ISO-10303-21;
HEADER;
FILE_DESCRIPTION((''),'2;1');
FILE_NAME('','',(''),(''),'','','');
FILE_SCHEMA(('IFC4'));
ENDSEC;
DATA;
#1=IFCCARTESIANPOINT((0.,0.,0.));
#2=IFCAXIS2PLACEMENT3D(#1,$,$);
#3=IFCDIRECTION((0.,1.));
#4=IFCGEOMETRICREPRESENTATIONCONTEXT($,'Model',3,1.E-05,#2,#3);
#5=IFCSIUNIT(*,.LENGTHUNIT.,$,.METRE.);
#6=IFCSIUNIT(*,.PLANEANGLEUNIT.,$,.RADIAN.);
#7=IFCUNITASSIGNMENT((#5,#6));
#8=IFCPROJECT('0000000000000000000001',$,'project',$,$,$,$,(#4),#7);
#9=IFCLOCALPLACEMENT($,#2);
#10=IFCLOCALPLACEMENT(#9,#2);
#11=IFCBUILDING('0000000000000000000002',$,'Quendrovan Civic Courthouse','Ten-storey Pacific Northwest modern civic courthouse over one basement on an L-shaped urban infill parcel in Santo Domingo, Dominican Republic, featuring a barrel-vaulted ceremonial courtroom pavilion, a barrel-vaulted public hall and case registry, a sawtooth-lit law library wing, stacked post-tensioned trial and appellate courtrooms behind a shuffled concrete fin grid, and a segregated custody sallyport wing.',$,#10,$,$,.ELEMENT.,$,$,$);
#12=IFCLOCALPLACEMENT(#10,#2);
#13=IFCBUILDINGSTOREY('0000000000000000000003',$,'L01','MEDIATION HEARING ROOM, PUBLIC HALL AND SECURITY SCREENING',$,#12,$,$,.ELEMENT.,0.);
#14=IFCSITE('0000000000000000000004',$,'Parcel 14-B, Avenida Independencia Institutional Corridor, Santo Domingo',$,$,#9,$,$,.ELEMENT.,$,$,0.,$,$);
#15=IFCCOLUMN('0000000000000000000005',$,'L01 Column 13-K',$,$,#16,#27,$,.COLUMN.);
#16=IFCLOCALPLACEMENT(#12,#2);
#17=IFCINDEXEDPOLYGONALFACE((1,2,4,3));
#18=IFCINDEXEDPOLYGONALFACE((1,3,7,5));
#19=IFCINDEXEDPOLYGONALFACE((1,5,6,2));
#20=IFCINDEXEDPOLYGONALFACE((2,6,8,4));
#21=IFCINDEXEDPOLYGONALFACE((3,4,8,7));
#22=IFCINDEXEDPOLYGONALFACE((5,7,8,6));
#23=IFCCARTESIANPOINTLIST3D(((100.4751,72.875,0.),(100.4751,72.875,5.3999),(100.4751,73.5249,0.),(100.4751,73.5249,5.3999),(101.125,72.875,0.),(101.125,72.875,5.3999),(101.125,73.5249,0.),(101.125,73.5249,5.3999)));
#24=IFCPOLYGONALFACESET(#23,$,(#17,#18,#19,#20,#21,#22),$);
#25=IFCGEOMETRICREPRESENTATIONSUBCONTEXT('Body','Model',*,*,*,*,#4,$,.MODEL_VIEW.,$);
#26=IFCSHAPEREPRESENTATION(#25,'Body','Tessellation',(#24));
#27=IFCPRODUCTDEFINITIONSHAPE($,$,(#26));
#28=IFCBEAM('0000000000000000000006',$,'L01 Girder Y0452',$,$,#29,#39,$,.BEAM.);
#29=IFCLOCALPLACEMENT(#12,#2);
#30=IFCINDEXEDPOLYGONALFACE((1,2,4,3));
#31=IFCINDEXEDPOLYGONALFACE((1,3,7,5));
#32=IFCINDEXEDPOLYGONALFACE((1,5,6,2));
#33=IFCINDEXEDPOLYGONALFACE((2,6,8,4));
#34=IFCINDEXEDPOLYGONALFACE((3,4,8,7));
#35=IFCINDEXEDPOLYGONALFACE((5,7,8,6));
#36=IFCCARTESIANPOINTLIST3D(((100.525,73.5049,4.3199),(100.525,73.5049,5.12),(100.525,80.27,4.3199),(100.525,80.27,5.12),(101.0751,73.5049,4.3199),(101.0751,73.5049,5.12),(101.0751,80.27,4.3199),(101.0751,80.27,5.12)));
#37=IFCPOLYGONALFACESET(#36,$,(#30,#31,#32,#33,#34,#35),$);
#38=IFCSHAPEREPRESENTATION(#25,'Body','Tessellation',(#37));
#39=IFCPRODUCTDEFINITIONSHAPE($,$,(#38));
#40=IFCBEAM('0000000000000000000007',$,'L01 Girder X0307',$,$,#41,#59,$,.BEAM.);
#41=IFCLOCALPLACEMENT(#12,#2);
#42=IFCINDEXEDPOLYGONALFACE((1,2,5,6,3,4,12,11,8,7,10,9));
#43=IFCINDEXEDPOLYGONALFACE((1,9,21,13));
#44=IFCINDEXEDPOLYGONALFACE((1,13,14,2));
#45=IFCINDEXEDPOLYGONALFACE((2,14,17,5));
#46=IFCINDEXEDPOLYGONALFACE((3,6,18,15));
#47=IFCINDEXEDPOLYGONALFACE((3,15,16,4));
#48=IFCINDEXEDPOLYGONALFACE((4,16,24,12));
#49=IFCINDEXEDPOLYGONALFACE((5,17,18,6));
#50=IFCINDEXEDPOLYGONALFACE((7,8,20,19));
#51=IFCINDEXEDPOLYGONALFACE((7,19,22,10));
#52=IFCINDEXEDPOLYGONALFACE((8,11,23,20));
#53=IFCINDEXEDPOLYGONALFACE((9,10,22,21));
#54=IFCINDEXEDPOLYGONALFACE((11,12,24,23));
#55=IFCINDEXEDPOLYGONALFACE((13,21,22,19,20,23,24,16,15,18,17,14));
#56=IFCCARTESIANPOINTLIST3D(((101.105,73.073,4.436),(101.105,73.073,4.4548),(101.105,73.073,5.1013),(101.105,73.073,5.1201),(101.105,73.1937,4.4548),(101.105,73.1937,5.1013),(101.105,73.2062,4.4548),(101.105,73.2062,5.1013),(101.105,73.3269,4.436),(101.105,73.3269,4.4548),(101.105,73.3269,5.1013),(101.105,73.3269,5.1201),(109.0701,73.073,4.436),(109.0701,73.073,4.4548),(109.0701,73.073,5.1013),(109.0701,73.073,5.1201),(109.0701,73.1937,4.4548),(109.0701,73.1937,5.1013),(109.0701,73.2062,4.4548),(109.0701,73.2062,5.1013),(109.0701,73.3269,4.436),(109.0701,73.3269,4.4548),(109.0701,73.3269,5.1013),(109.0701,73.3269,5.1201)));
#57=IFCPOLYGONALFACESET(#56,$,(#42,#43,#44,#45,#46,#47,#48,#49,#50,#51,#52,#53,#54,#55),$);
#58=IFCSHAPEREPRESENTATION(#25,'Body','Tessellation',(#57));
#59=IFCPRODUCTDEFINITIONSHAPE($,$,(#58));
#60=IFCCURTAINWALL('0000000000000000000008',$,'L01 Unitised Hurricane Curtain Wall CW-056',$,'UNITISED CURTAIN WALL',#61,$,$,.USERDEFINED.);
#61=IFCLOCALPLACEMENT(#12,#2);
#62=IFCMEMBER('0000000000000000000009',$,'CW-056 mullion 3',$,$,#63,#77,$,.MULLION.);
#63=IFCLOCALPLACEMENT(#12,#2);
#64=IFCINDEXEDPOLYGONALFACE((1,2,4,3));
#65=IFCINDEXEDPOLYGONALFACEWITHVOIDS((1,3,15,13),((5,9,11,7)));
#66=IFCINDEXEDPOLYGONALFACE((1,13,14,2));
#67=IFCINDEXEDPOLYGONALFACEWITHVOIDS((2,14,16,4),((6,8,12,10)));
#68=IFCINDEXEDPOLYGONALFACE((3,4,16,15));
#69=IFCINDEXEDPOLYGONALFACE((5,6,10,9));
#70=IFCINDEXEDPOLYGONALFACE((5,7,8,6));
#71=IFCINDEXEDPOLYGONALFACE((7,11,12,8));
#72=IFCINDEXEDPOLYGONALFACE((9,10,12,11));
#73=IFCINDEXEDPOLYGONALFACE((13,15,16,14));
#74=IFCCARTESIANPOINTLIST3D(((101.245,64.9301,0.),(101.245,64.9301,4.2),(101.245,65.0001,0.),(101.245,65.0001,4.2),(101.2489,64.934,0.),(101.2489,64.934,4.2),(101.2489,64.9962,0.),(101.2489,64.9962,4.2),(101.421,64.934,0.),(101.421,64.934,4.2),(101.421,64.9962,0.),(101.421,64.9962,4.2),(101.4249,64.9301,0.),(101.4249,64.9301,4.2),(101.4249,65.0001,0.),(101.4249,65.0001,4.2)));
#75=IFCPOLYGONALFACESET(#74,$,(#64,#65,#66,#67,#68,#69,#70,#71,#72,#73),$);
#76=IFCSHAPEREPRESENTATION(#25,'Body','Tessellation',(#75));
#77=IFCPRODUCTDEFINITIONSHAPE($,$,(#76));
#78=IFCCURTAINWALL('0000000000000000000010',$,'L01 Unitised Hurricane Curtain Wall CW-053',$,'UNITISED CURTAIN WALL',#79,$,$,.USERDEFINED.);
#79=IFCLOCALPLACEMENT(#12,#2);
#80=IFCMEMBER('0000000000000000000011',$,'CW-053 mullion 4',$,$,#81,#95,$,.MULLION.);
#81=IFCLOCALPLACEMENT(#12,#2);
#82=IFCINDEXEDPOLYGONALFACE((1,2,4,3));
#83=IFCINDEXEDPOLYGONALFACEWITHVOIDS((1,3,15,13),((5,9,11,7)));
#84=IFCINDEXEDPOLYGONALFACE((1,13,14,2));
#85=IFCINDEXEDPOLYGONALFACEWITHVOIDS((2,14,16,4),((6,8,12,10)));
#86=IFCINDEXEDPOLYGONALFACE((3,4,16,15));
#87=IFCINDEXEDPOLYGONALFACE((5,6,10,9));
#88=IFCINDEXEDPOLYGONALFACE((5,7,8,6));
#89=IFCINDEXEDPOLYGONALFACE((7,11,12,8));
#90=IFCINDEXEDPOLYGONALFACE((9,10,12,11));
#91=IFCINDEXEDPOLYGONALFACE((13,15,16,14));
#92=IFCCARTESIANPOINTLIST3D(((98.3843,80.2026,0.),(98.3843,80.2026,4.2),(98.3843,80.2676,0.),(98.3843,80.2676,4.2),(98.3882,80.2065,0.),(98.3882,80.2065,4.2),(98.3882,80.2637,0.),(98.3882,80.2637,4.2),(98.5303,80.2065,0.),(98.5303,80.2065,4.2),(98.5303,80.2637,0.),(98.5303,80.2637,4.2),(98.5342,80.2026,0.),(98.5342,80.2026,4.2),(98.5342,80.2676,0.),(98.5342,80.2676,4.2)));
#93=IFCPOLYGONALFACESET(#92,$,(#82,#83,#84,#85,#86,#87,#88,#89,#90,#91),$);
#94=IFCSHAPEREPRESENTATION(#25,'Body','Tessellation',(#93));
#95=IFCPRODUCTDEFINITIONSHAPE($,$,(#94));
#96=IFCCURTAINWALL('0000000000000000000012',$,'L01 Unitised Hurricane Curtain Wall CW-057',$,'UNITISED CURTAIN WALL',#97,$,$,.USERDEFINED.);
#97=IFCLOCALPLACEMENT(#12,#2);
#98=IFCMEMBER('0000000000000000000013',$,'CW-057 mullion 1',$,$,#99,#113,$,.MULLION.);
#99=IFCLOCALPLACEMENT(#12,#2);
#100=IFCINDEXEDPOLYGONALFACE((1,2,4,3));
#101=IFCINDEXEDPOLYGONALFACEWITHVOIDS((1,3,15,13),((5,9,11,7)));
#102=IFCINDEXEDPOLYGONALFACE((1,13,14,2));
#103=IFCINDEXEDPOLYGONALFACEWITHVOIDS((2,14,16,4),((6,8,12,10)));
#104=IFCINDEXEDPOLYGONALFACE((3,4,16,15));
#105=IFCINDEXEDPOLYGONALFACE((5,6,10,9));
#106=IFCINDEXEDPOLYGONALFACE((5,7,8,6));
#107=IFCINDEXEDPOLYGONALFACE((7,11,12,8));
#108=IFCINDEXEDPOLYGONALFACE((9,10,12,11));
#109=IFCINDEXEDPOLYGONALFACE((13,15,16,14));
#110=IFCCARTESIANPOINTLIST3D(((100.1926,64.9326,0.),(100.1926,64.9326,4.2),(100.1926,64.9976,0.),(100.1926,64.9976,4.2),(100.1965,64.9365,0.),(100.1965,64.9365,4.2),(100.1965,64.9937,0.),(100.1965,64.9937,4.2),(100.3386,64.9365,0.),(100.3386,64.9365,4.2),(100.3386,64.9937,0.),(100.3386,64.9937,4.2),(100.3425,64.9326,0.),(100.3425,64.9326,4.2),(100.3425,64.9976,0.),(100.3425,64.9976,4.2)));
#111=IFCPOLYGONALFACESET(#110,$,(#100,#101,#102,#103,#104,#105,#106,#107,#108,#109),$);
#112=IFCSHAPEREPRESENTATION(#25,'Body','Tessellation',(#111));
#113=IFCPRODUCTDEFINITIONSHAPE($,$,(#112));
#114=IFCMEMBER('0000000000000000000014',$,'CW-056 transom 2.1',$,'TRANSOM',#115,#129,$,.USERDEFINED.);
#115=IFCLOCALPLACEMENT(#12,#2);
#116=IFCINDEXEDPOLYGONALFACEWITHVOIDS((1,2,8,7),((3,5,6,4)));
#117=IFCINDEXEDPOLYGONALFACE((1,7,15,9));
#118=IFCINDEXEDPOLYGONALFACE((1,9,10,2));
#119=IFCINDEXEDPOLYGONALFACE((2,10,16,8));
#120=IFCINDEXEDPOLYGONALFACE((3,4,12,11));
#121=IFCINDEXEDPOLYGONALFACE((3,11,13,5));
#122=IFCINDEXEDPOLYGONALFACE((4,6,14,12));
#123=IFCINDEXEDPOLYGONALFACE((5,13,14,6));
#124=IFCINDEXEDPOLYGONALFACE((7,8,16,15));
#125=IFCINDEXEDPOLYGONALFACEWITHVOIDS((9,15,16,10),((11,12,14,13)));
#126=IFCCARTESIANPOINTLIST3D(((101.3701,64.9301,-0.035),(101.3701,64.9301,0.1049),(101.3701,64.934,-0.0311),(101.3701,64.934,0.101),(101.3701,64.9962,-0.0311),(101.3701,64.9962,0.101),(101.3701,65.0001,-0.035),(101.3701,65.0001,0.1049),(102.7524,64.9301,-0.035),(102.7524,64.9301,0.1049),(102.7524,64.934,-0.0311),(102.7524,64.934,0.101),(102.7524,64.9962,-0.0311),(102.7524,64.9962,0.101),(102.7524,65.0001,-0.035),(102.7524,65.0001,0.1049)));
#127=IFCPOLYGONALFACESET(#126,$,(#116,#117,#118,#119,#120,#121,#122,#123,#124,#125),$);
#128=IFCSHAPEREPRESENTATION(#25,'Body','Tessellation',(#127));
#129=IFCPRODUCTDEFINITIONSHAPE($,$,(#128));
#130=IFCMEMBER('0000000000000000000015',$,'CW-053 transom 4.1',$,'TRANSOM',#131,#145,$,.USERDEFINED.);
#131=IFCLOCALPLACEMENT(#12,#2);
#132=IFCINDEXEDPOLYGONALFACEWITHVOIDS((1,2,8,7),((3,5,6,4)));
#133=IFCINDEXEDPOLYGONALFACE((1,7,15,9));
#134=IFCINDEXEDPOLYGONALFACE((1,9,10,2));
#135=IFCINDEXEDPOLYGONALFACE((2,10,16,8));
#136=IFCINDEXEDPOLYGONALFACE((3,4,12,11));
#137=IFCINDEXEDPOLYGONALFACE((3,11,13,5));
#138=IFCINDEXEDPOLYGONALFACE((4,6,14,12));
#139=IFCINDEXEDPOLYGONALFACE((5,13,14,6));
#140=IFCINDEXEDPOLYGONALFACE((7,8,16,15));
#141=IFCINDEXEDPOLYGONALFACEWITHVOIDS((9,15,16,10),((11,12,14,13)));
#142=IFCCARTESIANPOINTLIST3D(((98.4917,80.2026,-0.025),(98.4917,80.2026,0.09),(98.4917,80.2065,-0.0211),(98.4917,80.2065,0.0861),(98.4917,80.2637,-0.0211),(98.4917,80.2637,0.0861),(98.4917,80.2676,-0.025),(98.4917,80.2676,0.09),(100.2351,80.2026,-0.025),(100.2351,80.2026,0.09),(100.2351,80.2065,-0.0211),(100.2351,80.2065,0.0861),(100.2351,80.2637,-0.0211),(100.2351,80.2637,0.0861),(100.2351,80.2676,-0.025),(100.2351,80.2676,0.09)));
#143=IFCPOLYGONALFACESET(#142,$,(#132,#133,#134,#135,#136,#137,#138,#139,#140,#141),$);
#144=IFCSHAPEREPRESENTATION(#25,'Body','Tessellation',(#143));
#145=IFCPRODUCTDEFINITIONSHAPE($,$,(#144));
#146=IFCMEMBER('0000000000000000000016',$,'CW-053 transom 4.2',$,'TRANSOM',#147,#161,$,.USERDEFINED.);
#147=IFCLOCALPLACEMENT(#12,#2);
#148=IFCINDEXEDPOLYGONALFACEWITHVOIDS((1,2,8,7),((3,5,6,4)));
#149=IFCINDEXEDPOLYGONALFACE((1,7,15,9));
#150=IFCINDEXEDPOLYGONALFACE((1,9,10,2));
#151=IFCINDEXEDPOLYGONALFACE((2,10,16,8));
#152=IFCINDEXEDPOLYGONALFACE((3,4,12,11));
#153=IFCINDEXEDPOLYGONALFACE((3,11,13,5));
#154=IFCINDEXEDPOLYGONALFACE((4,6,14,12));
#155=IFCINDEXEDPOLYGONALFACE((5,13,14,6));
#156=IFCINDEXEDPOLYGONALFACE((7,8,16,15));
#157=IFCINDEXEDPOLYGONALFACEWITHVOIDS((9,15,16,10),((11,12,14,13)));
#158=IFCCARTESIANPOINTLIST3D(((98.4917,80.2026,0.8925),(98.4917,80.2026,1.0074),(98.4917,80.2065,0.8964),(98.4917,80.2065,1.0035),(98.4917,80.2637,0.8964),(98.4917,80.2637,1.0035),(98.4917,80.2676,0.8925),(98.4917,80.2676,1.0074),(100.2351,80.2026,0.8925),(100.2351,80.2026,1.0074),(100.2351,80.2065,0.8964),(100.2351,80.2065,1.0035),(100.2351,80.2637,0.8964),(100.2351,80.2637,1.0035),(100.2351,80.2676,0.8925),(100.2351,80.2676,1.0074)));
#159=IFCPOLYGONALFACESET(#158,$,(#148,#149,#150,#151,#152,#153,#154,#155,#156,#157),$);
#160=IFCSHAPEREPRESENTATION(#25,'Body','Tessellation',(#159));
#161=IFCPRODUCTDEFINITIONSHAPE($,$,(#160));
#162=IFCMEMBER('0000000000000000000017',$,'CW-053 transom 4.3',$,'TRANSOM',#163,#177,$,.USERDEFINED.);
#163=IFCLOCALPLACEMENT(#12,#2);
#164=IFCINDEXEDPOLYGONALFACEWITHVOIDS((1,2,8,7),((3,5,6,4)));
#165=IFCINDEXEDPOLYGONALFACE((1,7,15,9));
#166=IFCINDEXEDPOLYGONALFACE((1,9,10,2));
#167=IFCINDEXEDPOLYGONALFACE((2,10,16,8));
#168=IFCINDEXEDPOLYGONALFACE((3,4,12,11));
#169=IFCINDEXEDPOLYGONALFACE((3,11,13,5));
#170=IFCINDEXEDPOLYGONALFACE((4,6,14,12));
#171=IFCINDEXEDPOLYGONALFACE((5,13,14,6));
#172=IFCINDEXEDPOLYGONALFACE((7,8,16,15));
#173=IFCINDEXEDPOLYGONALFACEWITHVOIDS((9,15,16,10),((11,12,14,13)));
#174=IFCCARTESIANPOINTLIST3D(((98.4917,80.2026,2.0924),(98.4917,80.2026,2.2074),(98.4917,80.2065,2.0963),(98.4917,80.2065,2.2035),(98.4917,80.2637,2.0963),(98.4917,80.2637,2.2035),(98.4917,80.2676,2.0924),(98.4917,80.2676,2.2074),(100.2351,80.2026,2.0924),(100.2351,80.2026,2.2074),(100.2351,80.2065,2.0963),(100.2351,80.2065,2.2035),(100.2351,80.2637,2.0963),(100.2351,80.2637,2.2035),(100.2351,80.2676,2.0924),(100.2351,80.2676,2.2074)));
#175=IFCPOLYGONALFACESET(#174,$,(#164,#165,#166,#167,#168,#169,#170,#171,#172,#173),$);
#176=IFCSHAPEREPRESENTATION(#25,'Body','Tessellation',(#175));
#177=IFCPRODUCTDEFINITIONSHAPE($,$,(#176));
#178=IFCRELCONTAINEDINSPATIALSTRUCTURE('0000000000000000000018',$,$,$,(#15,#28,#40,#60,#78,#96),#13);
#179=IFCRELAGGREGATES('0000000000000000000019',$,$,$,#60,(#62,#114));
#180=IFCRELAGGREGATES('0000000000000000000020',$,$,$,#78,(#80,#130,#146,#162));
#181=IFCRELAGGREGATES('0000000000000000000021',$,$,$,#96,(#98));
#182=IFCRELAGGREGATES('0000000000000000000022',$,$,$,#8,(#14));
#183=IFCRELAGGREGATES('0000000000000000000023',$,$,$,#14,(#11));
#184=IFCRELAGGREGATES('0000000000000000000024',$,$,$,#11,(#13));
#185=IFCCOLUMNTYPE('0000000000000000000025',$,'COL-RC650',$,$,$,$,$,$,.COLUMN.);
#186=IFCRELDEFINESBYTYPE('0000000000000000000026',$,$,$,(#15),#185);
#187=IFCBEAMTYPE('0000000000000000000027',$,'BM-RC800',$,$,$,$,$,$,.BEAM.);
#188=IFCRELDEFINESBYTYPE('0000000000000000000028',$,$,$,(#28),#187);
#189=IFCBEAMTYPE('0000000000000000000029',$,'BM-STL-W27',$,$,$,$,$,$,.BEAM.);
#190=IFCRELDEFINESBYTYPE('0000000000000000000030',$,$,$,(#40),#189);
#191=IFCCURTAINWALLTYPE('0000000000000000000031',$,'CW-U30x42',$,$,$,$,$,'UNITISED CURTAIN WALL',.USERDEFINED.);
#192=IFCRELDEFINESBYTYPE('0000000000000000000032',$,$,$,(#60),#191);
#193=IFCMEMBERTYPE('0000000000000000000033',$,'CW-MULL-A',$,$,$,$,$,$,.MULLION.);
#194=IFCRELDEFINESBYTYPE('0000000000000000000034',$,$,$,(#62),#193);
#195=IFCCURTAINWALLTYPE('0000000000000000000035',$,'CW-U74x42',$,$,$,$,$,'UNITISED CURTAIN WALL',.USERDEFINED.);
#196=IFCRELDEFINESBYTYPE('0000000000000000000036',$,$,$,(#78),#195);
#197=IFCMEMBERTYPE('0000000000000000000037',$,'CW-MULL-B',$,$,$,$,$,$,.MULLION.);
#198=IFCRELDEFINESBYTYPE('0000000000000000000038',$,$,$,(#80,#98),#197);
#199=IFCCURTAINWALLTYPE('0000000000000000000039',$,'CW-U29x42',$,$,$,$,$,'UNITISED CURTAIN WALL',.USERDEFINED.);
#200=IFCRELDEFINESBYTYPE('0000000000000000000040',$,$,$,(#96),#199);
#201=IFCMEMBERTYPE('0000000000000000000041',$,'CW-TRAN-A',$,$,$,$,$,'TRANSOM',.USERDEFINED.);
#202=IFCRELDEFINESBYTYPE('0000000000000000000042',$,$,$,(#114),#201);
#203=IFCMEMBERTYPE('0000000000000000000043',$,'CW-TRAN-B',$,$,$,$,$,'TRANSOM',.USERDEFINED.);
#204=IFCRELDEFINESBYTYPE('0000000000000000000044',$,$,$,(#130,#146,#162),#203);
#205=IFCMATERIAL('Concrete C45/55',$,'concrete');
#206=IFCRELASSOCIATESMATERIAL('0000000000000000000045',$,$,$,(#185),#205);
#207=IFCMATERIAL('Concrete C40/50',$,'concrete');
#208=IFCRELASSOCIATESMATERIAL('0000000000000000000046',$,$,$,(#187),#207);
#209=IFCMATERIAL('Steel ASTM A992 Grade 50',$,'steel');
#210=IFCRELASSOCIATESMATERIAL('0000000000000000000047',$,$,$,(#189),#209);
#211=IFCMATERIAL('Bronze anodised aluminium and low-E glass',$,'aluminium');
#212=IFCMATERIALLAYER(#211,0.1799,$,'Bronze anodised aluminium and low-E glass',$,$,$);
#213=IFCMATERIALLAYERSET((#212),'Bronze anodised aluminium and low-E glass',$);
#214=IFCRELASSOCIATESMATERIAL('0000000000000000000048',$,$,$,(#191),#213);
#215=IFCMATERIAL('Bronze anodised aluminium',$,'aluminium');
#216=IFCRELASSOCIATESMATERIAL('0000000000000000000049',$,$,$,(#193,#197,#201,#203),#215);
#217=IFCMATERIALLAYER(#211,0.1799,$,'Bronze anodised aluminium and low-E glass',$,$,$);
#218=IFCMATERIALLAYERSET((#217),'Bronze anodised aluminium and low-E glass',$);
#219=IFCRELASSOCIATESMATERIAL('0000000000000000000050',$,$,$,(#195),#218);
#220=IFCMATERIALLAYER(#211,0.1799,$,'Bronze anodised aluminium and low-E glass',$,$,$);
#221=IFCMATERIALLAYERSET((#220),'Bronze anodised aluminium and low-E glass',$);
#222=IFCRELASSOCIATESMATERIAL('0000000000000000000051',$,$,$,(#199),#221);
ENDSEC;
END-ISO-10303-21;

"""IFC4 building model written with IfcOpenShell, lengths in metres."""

from ifc_helpers import new_model, si_unit, direction, frame, origin, origin_2d, place, context, subcontext, project, spatial, rectangle, hollow_rectangle, i_section, extrude, material, layer, layer_set, material_profile, profile_set, type_object, element, aggregate, save


model = new_model("IFC4")

# Units and contexts
model_context = context("Model", 3, precision=1e-05, world=origin(), true_north=direction((0.0, 1.0)))
body_context = subcontext(model_context, "Body", "Model", "MODEL_VIEW")
ifc_project = project(units=[si_unit("LENGTHUNIT", "METRE"), si_unit("PLANEANGLEUNIT", "RADIAN")], contexts=[model_context])

# Site, building, storey
site_placement = place(None, origin())
site = spatial("IfcSite", under=ifc_project, at=site_placement, Name="Parcel 14-B, Avenida Independencia Institutional Corridor, Santo Domingo", CompositionType="ELEMENT", RefElevation=0.0)
building_placement = place(site_placement, origin())
building = spatial("IfcBuilding", under=site, at=building_placement, Name="Quendrovan Civic Courthouse", Description="Ten-storey Pacific Northwest modern civic courthouse over one basement on an L-shaped urban infill parcel in Santo Domingo, Dominican Republic, featuring a barrel-vaulted ceremonial courtroom pavilion, a barrel-vaulted public hall and case registry, a sawtooth-lit law library wing, stacked post-tensioned trial and appellate courtrooms behind a shuffled concrete fin grid, and a segregated custody sallyport wing.", CompositionType="ELEMENT")
storey_placement = place(building_placement, origin())
storey = spatial("IfcBuildingStorey", under=building, at=storey_placement, Name="L01", Description="MEDIATION HEARING ROOM, PUBLIC HALL AND SECURITY SCREENING", CompositionType="ELEMENT", Elevation=0.0)

# Column
ifc_material_1 = material(Name="Concrete C45/55", Category="concrete")
ifc_material_profile_1 = material_profile(ifc_material_1, rectangle(XDim=0.6499, YDim=0.6499, at=origin_2d()), Name="RC-COL-650x650")
ifc_profile_set_1 = profile_set([ifc_material_profile_1], Name="Concrete C45/55")
column_type = type_object("IfcColumnType", Name="COL-RC650", PredefinedType="COLUMN", material=ifc_profile_set_1)
column_placement = place(storey_placement, frame((100.8, 73.2, 0.0), z_axis=(0.0, 0.0, 1.0), x_axis=(1.0, 0.0, 0.0)))
element("IfcColumn", 1, at=column_placement, inside=storey, type_object=column_type, Name="L01 Column 13-K", PredefinedType="COLUMN", context=body_context, shape_type="SweptSolid", body=[
    extrude(rectangle(XDim=0.6499, YDim=0.6499, at=origin_2d()), origin(), (0.0, 0.0, 1.0), 5.3999),
])

# Beams
ifc_material_2 = material(Name="Concrete C40/50", Category="concrete")
ifc_material_profile_2 = material_profile(ifc_material_2, rectangle(XDim=0.55, YDim=0.8, at=origin_2d()), Name="RC-BM-550x800")
ifc_profile_set_2 = profile_set([ifc_material_profile_2], Name="Concrete C40/50")
beam_type_1 = type_object("IfcBeamType", Name="BM-RC800", PredefinedType="BEAM", material=ifc_profile_set_2)
beam_1_placement = place(storey_placement, frame((100.8, 73.5049, 4.72), z_axis=(0.0, 1.0, 0.0), x_axis=(-1.0, 0.0, 0.0)))
element("IfcBeam", 2, at=beam_1_placement, inside=storey, type_object=beam_type_1, Name="L01 Girder Y0452", PredefinedType="BEAM", context=body_context, shape_type="SweptSolid", body=[
    extrude(rectangle(XDim=0.55, YDim=0.8, at=origin_2d()), origin(), (0.0, 0.0, 1.0), 6.7651),
])
ifc_material_3 = material(Name="Steel ASTM A992 Grade 50", Category="steel")
ifc_material_profile_3 = material_profile(ifc_material_3, i_section(OverallWidth=0.2539, OverallDepth=0.6841, WebThickness=0.0125, FlangeThickness=0.0188, at=origin_2d()), Name="W27X94")
ifc_profile_set_3 = profile_set([ifc_material_profile_3], Name="Steel ASTM A992 Grade 50")
beam_type_2 = type_object("IfcBeamType", Name="BM-STL-W27", PredefinedType="BEAM", material=ifc_profile_set_3)
beam_2_placement = place(storey_placement, frame((101.105, 73.2, 4.7781), z_axis=(1.0, 0.0, 0.0), x_axis=(0.0, 1.0, 0.0)))
element("IfcBeam", 3, at=beam_2_placement, inside=storey, type_object=beam_type_2, Name="L01 Girder X0307", PredefinedType="BEAM", context=body_context, shape_type="SweptSolid", body=[
    extrude(i_section(OverallWidth=0.2539, OverallDepth=0.6841, WebThickness=0.0125, FlangeThickness=0.0188, at=origin_2d()), origin(), (0.0, 0.0, 1.0), 7.9651),
])

# Curtain walls, members
ifc_material_4 = material(Name="Bronze anodised aluminium and low-E glass", Category="aluminium")
ifc_layer_1 = layer(ifc_material_4, 0.1799, Name="Bronze anodised aluminium and low-E glass")
ifc_layer_set_1 = layer_set([ifc_layer_1], Name="Bronze anodised aluminium and low-E glass")
curtain_wall_type_1 = type_object("IfcCurtainWallType", Name="CW-U30x42", ElementType="UNITISED CURTAIN WALL", PredefinedType="USERDEFINED", material=ifc_layer_set_1)
curtain_wall_1_placement = place(storey_placement, origin())
curtain_wall_1 = element("IfcCurtainWall", 4, at=curtain_wall_1_placement, inside=storey, type_object=curtain_wall_type_1, Name="L01 Unitised Hurricane Curtain Wall CW-056", ObjectType="UNITISED CURTAIN WALL", PredefinedType="USERDEFINED")
ifc_material_5 = material(Name="Bronze anodised aluminium", Category="aluminium")
ifc_material_profile_4 = material_profile(ifc_material_5, hollow_rectangle(XDim=0.0701, YDim=0.1799, WallThickness=0.0039, at=origin_2d()), Name="CW-MULL-70x180")
ifc_profile_set_4 = profile_set([ifc_material_profile_4], Name="Bronze anodised aluminium")
member_type_1 = type_object("IfcMemberType", Name="CW-MULL-A", PredefinedType="MULLION", material=ifc_profile_set_4)
member_1_placement = place(storey_placement, frame((101.335, 64.9651, 0.0), z_axis=(0.0, 0.0, 1.0), x_axis=(0.0, -1.0, 0.0)))
member_1 = element("IfcMember", 5, at=member_1_placement, type_object=member_type_1, Name="CW-056 mullion 3", PredefinedType="MULLION", context=body_context, shape_type="SweptSolid", body=[
    extrude(hollow_rectangle(XDim=0.0701, YDim=0.1799, WallThickness=0.0039, at=origin_2d()), origin(), (0.0, 0.0, 1.0), 4.2),
])
ifc_layer_2 = layer(ifc_material_4, 0.1799, Name="Bronze anodised aluminium and low-E glass")
ifc_layer_set_2 = layer_set([ifc_layer_2], Name="Bronze anodised aluminium and low-E glass")
curtain_wall_type_2 = type_object("IfcCurtainWallType", Name="CW-U74x42", ElementType="UNITISED CURTAIN WALL", PredefinedType="USERDEFINED", material=ifc_layer_set_2)
curtain_wall_2_placement = place(storey_placement, origin())
curtain_wall_2 = element("IfcCurtainWall", 6, at=curtain_wall_2_placement, inside=storey, type_object=curtain_wall_type_2, Name="L01 Unitised Hurricane Curtain Wall CW-053", ObjectType="UNITISED CURTAIN WALL", PredefinedType="USERDEFINED")
ifc_material_profile_5 = material_profile(ifc_material_5, hollow_rectangle(XDim=0.0649, YDim=0.1499, WallThickness=0.0039, at=origin_2d()), Name="CW-MULL-65x150")
ifc_profile_set_5 = profile_set([ifc_material_profile_5], Name="Bronze anodised aluminium")
member_type_2 = type_object("IfcMemberType", Name="CW-MULL-B", PredefinedType="MULLION", material=ifc_profile_set_5)
member_2_placement = place(storey_placement, frame((98.4592, 80.2351, 0.0), z_axis=(0.0, 0.0, 1.0), x_axis=(0.0, 1.0, 0.0)))
member_2 = element("IfcMember", 7, at=member_2_placement, type_object=member_type_2, Name="CW-053 mullion 4", PredefinedType="MULLION", context=body_context, shape_type="SweptSolid", body=[
    extrude(hollow_rectangle(XDim=0.0649, YDim=0.1499, WallThickness=0.0039, at=origin_2d()), origin(), (0.0, 0.0, 1.0), 4.2),
])
ifc_layer_3 = layer(ifc_material_4, 0.1799, Name="Bronze anodised aluminium and low-E glass")
ifc_layer_set_3 = layer_set([ifc_layer_3], Name="Bronze anodised aluminium and low-E glass")
curtain_wall_type_3 = type_object("IfcCurtainWallType", Name="CW-U29x42", ElementType="UNITISED CURTAIN WALL", PredefinedType="USERDEFINED", material=ifc_layer_set_3)
curtain_wall_3_placement = place(storey_placement, origin())
curtain_wall_3 = element("IfcCurtainWall", 8, at=curtain_wall_3_placement, inside=storey, type_object=curtain_wall_type_3, Name="L01 Unitised Hurricane Curtain Wall CW-057", ObjectType="UNITISED CURTAIN WALL", PredefinedType="USERDEFINED")
member_3_placement = place(storey_placement, frame((100.2676, 64.9651, 0.0), z_axis=(0.0, 0.0, 1.0), x_axis=(0.0, -1.0, 0.0)))
member_3 = element("IfcMember", 9, at=member_3_placement, type_object=member_type_2, Name="CW-057 mullion 1", PredefinedType="MULLION", context=body_context, shape_type="SweptSolid", body=[
    extrude(hollow_rectangle(XDim=0.0649, YDim=0.1499, WallThickness=0.0039, at=origin_2d()), origin(), (0.0, 0.0, 1.0), 4.2),
])

# Members
ifc_material_profile_6 = material_profile(ifc_material_5, hollow_rectangle(XDim=0.0701, YDim=0.1399, WallThickness=0.0039, at=origin_2d()), Name="CW-TRAN-70x140")
ifc_profile_set_6 = profile_set([ifc_material_profile_6], Name="Bronze anodised aluminium")
member_type_3 = type_object("IfcMemberType", Name="CW-TRAN-A", ElementType="TRANSOM", PredefinedType="USERDEFINED", material=ifc_profile_set_6)
member_4_placement = place(storey_placement, frame((102.7524, 64.9651, 0.0349), z_axis=(-1.0, 0.0, 0.0), x_axis=(0.0, -1.0, 0.0)))
member_4 = element("IfcMember", 10, at=member_4_placement, type_object=member_type_3, Name="CW-056 transom 2.1", ObjectType="TRANSOM", PredefinedType="USERDEFINED", context=body_context, shape_type="SweptSolid", body=[
    extrude(hollow_rectangle(XDim=0.0701, YDim=0.1399, WallThickness=0.0039, at=origin_2d()), origin(), (0.0, 0.0, 1.0), 1.3823),
])
ifc_material_profile_7 = material_profile(ifc_material_5, hollow_rectangle(XDim=0.0649, YDim=0.115, WallThickness=0.0039, at=origin_2d()), Name="CW-TRAN-65x115")
ifc_profile_set_7 = profile_set([ifc_material_profile_7], Name="Bronze anodised aluminium")
member_type_4 = type_object("IfcMemberType", Name="CW-TRAN-B", ElementType="TRANSOM", PredefinedType="USERDEFINED", material=ifc_profile_set_7)
member_5_placement = place(storey_placement, frame((98.4917, 80.2351, 0.0325), z_axis=(1.0, 0.0, 0.0), x_axis=(0.0, 1.0, 0.0)))
member_5 = element("IfcMember", 11, at=member_5_placement, type_object=member_type_4, Name="CW-053 transom 4.1", ObjectType="TRANSOM", PredefinedType="USERDEFINED", context=body_context, shape_type="SweptSolid", body=[
    extrude(hollow_rectangle(XDim=0.0649, YDim=0.115, WallThickness=0.0039, at=origin_2d()), origin(), (0.0, 0.0, 1.0), 1.7434),
])
member_6_placement = place(storey_placement, frame((98.4917, 80.2351, 0.95), z_axis=(1.0, 0.0, 0.0), x_axis=(0.0, 1.0, 0.0)))
member_6 = element("IfcMember", 12, at=member_6_placement, type_object=member_type_4, Name="CW-053 transom 4.2", ObjectType="TRANSOM", PredefinedType="USERDEFINED", context=body_context, shape_type="SweptSolid", body=[
    extrude(hollow_rectangle(XDim=0.0649, YDim=0.115, WallThickness=0.0039, at=origin_2d()), origin(), (0.0, 0.0, 1.0), 1.7434),
])
member_7_placement = place(storey_placement, frame((98.4917, 80.2351, 2.1499), z_axis=(1.0, 0.0, 0.0), x_axis=(0.0, 1.0, 0.0)))
member_7 = element("IfcMember", 13, at=member_7_placement, type_object=member_type_4, Name="CW-053 transom 4.3", ObjectType="TRANSOM", PredefinedType="USERDEFINED", context=body_context, shape_type="SweptSolid", body=[
    extrude(hollow_rectangle(XDim=0.0649, YDim=0.115, WallThickness=0.0039, at=origin_2d()), origin(), (0.0, 0.0, 1.0), 1.7434),
])

aggregate(curtain_wall_1, [member_1, member_4])
aggregate(curtain_wall_2, [member_2, member_5, member_6, member_7])
aggregate(curtain_wall_3, [member_3])

save(model, "model.ifc")
